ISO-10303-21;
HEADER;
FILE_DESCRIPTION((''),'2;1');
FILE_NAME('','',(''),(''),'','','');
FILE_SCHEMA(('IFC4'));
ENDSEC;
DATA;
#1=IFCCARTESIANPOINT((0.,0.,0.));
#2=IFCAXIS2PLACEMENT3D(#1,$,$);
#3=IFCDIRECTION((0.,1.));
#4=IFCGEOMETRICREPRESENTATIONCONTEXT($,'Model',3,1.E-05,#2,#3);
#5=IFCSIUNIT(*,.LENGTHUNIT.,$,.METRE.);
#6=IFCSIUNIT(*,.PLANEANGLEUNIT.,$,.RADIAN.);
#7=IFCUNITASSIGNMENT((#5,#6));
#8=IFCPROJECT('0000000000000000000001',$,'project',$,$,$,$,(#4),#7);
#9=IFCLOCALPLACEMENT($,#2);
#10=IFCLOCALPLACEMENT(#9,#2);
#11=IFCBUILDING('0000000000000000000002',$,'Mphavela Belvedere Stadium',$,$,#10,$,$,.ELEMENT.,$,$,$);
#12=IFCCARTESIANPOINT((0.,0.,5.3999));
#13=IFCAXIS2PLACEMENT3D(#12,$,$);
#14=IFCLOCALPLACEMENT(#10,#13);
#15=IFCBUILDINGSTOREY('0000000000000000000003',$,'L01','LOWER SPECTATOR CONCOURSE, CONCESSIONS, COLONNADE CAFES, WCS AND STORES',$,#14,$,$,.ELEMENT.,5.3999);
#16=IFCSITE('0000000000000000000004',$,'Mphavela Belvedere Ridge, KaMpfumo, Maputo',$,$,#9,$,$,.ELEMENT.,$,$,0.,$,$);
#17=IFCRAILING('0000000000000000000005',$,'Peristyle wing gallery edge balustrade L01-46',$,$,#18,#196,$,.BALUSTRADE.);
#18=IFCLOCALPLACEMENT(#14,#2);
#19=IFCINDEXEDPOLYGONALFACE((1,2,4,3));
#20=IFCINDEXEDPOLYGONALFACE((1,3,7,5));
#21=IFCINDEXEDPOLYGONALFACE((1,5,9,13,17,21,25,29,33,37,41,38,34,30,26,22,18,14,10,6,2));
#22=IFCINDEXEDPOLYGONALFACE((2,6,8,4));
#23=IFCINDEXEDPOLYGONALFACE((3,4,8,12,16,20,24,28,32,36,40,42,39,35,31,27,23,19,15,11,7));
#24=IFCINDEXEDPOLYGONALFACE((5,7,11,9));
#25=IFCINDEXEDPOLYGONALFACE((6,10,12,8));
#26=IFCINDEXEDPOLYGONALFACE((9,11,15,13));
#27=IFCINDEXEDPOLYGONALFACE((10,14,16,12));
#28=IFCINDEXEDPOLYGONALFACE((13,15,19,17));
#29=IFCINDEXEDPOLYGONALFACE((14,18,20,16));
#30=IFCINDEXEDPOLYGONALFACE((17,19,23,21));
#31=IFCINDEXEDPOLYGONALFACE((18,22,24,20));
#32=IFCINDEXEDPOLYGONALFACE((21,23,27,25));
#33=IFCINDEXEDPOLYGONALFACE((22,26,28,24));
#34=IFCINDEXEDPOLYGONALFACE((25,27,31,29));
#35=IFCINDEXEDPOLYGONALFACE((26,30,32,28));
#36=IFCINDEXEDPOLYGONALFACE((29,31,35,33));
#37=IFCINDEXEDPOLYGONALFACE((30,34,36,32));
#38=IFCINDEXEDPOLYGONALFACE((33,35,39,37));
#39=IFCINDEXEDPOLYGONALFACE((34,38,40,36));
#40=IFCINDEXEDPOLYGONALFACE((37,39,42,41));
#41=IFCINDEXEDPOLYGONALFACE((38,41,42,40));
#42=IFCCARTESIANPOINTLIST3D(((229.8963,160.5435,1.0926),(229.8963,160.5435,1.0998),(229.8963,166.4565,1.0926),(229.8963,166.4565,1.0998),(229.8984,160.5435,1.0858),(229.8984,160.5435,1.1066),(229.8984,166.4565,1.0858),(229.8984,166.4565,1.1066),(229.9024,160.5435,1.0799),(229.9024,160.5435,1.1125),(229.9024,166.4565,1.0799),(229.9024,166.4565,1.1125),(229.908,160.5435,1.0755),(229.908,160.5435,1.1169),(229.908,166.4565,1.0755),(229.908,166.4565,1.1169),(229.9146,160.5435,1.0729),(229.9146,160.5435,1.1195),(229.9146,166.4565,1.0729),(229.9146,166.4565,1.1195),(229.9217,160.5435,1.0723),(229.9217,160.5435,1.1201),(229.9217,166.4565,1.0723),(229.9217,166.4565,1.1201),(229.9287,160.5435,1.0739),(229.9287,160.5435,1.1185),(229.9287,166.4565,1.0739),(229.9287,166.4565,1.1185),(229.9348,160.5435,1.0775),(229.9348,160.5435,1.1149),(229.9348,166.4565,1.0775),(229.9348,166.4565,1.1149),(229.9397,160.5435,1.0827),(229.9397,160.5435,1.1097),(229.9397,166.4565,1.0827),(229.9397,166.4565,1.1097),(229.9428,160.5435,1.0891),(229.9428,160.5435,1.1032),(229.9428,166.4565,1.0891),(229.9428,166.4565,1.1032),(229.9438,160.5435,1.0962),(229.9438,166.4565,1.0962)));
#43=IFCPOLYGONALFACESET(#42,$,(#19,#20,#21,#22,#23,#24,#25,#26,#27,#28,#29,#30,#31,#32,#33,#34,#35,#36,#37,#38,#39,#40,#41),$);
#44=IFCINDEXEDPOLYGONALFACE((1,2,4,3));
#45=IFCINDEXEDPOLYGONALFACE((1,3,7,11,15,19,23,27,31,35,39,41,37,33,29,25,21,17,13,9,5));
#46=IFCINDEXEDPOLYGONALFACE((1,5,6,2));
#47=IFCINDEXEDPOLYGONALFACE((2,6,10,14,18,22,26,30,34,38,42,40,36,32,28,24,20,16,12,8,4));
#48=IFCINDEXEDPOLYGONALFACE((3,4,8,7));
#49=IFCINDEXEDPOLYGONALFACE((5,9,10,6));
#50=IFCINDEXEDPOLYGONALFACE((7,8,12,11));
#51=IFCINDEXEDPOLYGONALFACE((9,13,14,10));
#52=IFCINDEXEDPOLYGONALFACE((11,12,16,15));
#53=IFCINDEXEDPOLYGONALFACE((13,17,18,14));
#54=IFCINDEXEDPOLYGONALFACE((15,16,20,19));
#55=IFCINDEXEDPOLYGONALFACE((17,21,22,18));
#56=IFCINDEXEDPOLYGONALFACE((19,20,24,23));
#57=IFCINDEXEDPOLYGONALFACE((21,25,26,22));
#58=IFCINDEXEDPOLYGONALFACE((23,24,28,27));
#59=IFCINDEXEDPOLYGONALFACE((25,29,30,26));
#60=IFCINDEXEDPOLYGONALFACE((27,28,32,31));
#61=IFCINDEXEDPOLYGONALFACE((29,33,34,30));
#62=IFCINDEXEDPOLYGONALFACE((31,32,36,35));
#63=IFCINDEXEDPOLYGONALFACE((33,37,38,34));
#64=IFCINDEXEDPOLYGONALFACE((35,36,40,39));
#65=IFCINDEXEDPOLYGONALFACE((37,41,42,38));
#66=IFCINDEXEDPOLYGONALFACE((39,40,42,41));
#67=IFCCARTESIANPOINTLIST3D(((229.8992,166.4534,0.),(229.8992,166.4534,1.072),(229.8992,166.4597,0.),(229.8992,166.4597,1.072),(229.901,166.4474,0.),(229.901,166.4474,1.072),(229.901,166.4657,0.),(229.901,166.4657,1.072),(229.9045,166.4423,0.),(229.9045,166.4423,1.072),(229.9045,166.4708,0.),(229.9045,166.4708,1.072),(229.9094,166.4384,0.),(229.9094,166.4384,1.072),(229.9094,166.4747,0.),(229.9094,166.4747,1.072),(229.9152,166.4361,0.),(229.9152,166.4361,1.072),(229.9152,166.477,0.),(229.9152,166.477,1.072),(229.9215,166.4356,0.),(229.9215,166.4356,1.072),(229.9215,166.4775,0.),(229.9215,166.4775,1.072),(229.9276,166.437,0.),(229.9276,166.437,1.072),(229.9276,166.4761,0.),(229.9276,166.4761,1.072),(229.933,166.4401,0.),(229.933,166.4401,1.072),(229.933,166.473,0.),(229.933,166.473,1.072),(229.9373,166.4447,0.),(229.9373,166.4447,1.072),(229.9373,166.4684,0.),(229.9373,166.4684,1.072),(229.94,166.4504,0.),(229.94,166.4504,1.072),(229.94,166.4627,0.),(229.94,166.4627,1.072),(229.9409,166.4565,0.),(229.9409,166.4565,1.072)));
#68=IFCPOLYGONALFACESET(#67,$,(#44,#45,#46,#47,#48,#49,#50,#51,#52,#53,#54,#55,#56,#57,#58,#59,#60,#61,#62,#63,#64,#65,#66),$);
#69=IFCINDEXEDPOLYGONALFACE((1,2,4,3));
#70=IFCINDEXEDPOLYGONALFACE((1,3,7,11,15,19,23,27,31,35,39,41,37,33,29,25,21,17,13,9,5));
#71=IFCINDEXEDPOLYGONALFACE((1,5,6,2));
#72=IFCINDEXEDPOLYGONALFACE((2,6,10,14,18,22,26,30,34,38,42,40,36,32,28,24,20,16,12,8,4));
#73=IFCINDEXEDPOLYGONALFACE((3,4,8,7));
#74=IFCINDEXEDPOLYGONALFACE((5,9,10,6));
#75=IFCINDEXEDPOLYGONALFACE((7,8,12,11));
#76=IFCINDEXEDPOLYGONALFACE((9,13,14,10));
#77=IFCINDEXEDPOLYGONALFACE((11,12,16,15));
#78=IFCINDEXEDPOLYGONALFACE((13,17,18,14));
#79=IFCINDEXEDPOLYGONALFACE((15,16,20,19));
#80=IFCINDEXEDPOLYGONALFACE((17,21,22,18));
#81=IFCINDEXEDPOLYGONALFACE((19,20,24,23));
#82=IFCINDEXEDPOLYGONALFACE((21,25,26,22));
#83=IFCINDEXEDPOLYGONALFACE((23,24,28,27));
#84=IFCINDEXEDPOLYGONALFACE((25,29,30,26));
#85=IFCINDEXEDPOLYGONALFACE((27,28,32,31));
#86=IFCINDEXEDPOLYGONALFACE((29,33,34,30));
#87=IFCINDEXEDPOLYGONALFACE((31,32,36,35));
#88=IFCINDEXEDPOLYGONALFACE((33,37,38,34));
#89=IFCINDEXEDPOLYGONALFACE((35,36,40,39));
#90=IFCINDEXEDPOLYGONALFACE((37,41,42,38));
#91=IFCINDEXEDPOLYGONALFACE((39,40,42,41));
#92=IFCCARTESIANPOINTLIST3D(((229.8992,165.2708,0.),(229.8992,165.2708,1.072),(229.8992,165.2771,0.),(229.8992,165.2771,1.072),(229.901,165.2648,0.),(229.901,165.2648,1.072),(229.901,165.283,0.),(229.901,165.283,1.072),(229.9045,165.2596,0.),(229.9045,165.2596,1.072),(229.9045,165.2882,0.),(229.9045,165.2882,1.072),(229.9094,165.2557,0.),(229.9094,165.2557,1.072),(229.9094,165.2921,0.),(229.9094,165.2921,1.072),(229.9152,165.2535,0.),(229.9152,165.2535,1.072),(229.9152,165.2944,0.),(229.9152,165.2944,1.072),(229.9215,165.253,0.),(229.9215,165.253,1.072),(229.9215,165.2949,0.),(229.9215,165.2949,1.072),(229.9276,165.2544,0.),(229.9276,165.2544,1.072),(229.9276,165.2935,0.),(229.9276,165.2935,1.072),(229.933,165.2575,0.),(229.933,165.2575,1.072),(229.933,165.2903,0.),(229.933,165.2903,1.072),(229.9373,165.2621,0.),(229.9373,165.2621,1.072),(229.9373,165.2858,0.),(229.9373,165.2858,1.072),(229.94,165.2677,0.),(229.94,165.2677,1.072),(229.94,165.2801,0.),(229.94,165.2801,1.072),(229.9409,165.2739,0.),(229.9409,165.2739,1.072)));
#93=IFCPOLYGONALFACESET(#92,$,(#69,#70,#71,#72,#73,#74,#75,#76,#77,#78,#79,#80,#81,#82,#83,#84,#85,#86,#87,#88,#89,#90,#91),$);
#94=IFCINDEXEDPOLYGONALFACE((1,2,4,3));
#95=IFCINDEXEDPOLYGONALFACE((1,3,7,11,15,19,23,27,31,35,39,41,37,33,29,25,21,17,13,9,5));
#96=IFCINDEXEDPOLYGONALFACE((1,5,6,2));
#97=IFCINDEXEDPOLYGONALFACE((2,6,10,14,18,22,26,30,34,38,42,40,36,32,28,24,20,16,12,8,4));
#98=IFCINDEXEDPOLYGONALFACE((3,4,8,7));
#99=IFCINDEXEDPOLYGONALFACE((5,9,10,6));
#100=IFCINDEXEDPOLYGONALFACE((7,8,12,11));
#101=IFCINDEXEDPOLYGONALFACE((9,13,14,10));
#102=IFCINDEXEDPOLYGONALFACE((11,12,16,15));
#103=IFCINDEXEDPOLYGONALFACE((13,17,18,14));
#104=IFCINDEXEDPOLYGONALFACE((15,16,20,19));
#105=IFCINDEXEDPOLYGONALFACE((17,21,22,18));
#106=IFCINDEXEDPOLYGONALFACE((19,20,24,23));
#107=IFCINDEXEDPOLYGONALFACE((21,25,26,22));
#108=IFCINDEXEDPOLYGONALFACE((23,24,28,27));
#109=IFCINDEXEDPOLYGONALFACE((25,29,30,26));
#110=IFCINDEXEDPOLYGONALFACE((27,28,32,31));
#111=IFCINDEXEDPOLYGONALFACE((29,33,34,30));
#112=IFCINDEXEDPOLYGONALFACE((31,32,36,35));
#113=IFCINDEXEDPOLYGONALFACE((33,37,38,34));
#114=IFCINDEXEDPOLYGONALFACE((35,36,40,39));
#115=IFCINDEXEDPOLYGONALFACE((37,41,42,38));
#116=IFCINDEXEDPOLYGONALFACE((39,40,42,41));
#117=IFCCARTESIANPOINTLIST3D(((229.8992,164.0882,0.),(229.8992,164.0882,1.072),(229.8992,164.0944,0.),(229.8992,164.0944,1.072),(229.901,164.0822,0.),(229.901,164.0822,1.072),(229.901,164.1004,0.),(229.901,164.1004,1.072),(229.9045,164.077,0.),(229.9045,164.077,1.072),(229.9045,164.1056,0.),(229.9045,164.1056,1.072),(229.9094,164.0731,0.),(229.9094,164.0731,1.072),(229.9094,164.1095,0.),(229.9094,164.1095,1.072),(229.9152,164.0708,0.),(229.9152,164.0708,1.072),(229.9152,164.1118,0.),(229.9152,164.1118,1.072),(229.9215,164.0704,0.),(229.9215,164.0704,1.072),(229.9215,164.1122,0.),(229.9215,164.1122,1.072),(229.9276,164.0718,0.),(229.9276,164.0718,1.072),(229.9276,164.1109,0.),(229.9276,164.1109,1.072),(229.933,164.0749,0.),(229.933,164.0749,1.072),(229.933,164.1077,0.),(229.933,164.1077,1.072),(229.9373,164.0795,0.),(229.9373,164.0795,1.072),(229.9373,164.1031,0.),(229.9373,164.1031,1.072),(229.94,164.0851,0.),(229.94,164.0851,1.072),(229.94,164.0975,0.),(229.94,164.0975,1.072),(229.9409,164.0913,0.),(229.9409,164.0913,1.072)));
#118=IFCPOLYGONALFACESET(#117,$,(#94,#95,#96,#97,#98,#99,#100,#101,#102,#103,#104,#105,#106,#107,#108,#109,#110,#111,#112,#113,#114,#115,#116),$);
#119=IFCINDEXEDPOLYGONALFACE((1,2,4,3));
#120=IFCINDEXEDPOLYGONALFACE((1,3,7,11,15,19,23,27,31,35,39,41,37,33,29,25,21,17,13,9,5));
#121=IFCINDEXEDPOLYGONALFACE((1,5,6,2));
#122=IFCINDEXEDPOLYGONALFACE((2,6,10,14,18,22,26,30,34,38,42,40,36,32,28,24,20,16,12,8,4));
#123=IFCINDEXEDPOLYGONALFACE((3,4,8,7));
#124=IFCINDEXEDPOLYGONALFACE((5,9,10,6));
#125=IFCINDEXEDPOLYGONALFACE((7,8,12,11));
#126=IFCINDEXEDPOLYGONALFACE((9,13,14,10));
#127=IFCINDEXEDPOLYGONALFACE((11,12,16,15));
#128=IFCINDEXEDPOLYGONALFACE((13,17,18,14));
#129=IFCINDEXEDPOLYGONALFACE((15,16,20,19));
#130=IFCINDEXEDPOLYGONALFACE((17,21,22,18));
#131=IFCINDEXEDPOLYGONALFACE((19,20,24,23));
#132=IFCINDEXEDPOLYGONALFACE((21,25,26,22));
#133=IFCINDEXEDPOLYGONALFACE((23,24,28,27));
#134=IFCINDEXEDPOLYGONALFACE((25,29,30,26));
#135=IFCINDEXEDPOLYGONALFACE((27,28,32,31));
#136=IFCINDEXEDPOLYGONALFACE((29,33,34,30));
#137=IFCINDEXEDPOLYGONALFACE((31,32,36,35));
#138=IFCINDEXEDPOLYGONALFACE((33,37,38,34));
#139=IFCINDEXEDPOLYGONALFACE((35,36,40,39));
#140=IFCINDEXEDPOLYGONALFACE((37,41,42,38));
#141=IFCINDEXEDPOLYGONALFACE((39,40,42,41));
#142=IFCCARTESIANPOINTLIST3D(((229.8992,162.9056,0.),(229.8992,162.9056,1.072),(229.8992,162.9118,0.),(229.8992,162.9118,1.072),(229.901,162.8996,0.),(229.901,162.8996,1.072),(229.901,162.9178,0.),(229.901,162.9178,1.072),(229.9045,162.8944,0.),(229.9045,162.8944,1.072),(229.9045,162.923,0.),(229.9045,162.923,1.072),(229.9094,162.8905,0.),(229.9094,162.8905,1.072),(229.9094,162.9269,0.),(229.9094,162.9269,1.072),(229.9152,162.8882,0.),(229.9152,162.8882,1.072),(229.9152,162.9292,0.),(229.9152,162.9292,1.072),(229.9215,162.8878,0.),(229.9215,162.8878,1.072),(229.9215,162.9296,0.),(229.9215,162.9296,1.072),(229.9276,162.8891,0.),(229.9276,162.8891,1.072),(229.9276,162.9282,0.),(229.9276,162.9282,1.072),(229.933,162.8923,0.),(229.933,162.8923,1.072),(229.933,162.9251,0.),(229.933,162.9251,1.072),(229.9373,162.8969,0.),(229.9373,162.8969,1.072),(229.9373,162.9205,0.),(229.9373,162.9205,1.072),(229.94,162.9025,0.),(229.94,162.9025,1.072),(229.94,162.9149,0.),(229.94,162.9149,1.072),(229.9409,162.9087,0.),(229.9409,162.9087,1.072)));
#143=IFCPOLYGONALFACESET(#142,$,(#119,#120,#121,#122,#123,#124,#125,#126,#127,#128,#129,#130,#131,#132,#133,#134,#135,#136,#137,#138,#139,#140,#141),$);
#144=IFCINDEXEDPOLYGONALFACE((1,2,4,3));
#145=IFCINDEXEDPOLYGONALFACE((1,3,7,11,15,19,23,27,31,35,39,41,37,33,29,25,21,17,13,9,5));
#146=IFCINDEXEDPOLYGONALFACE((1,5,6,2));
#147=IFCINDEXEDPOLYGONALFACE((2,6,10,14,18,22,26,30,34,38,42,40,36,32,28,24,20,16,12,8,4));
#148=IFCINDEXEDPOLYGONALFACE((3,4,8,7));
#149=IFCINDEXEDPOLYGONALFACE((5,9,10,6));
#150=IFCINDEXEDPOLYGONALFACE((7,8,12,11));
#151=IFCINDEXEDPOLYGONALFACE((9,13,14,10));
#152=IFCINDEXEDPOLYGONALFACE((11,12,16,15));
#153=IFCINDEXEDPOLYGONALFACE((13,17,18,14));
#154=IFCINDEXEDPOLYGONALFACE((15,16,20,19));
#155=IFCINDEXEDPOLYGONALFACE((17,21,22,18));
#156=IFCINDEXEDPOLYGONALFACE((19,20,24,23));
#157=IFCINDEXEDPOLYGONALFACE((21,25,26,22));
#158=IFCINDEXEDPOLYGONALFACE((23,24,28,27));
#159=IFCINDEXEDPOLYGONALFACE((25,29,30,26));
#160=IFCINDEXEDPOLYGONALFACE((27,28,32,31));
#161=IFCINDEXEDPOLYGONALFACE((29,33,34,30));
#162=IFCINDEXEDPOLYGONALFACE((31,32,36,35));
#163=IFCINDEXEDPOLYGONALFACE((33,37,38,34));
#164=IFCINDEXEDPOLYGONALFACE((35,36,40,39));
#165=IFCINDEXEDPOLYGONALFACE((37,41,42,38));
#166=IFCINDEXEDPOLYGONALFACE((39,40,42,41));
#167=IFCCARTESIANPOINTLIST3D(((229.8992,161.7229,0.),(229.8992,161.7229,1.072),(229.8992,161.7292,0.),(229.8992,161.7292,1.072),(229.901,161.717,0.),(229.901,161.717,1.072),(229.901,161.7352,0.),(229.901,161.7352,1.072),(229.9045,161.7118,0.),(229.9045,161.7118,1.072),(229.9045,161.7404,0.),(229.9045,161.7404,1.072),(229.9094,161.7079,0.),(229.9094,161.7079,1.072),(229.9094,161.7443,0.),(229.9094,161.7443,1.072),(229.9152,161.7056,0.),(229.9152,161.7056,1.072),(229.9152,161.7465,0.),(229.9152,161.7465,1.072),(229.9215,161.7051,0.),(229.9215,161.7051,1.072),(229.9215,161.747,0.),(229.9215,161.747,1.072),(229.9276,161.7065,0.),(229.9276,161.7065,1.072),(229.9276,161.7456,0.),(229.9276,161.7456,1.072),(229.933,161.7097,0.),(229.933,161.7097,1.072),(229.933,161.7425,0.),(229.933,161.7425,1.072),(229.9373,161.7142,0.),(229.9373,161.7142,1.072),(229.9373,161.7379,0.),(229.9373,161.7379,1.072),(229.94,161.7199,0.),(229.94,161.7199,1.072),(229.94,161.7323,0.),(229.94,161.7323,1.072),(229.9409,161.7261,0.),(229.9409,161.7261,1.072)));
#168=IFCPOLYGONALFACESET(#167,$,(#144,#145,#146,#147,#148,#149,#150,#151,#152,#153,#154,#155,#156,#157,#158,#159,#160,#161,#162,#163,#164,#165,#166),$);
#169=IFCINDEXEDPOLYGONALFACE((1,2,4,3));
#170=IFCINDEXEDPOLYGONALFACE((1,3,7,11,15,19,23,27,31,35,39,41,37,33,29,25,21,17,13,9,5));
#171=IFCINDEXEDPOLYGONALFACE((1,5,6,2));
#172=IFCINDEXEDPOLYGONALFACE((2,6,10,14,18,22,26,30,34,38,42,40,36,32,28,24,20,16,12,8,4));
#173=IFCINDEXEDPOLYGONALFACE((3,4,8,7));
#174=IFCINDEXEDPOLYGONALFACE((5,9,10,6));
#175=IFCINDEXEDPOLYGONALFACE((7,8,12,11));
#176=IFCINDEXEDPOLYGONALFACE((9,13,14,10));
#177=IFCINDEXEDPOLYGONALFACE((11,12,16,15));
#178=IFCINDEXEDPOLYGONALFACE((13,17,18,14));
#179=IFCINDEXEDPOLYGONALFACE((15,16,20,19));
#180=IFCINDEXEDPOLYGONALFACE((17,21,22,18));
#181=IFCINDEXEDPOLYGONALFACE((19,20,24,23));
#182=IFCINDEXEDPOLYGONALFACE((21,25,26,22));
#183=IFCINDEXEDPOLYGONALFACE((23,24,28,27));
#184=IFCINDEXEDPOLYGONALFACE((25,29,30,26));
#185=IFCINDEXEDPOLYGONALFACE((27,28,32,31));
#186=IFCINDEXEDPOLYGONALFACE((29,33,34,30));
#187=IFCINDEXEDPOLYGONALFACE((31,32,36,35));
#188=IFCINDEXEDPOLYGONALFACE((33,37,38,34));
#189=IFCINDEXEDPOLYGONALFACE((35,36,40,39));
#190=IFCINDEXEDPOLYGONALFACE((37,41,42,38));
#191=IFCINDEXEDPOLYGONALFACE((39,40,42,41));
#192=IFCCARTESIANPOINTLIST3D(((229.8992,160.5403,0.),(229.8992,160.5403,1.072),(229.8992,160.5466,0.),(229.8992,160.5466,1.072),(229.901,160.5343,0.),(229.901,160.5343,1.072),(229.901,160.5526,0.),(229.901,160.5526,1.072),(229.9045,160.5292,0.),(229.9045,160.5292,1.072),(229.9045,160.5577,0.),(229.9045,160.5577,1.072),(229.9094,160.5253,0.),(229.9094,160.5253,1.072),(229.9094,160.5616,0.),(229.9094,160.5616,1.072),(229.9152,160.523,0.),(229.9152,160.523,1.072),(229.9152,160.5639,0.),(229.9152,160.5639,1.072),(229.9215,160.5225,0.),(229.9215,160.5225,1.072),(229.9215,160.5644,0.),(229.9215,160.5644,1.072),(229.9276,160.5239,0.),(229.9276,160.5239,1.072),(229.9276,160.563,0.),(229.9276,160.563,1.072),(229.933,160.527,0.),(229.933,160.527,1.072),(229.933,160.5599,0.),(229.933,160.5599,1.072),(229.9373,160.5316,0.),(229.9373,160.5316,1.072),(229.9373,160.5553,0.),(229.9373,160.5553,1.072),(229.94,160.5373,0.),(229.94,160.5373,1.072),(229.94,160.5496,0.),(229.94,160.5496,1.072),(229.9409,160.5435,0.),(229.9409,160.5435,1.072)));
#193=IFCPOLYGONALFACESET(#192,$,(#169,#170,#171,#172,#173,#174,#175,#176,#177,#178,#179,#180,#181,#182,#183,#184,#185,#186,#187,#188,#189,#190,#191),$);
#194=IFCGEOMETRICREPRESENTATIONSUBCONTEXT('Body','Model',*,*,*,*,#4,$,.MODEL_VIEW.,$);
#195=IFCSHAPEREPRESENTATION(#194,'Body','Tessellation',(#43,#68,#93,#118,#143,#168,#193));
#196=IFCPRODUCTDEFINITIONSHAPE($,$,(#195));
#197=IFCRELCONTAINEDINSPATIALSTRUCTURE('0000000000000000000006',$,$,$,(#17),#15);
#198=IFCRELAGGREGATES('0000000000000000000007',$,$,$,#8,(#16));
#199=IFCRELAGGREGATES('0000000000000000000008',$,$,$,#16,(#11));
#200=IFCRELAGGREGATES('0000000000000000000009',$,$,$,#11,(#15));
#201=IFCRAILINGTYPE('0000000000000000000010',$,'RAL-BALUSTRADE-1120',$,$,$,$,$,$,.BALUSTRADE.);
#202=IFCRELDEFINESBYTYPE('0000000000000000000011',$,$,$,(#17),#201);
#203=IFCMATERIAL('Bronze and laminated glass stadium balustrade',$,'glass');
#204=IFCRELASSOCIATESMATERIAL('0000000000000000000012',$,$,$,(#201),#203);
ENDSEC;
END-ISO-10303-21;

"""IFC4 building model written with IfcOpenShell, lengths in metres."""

from ifc_helpers import new_model, si_unit, direction, frame, origin, origin_2d, place, context, subcontext, project, spatial, circle, extrude, material, type_object, element, save


model = new_model("IFC4")

# Units and contexts
model_context = context("Model", 3, precision=1e-05, world=origin(), true_north=direction((0.0, 1.0)))
body_context = subcontext(model_context, "Body", "Model", "MODEL_VIEW")
ifc_project = project(units=[si_unit("LENGTHUNIT", "METRE"), si_unit("PLANEANGLEUNIT", "RADIAN")], contexts=[model_context])

# Site, building, storey
site_placement = place(None, origin())
site = spatial("IfcSite", under=ifc_project, at=site_placement, Name="Mphavela Belvedere Ridge, KaMpfumo, Maputo", CompositionType="ELEMENT", RefElevation=0.0)
building_placement = place(site_placement, origin())
building = spatial("IfcBuilding", under=site, at=building_placement, Name="Mphavela Belvedere Stadium", CompositionType="ELEMENT")
storey_placement = place(building_placement, frame((0.0, 0.0, 5.3999)))
storey = spatial("IfcBuildingStorey", under=building, at=storey_placement, Name="L01", Description="LOWER SPECTATOR CONCOURSE, CONCESSIONS, COLONNADE CAFES, WCS AND STORES", CompositionType="ELEMENT", Elevation=5.3999)

# Railing
ifc_material_1 = material(Name="Bronze and laminated glass stadium balustrade", Category="glass")
railing_type = type_object("IfcRailingType", Name="RAL-BALUSTRADE-1120", PredefinedType="BALUSTRADE", material=ifc_material_1)
for number, where, name in (
    (1, (229.9199, 166.4565, 0.0), "Peristyle wing gallery edge balustrade L01-46"),
):
    element("IfcRailing", number, at=place(storey_placement, frame(where)), inside=storey, type_object=railing_type, Name=name, PredefinedType="BALUSTRADE", context=body_context, shape_type="SweptSolid", body=[
        extrude(circle(Radius=0.0239, at=origin_2d()), frame((0.0, 0.0, 1.0962), z_axis=(0.0, -1.0, 0.0), x_axis=(1.0, 0.0, 0.0)), (0.0, 0.0, 1.0), 5.9131),
        extrude(circle(Radius=0.021, at=origin_2d()), origin(), (0.0, 0.0, 1.0), 1.072),
        extrude(circle(Radius=0.021, at=origin_2d()), frame((0.0, -1.1826, 0.0)), (0.0, 0.0, 1.0), 1.072),
        extrude(circle(Radius=0.021, at=origin_2d()), frame((0.0, -2.3652, 0.0)), (0.0, 0.0, 1.0), 1.072),
        extrude(circle(Radius=0.021, at=origin_2d()), frame((0.0, -3.5479, 0.0)), (0.0, 0.0, 1.0), 1.072),
        extrude(circle(Radius=0.021, at=origin_2d()), frame((0.0, -4.7305, 0.0)), (0.0, 0.0, 1.0), 1.072),
        extrude(circle(Radius=0.021, at=origin_2d()), frame((0.0, -5.9131, 0.0)), (0.0, 0.0, 1.0), 1.072),
    ])

save(model, "model.ifc")
